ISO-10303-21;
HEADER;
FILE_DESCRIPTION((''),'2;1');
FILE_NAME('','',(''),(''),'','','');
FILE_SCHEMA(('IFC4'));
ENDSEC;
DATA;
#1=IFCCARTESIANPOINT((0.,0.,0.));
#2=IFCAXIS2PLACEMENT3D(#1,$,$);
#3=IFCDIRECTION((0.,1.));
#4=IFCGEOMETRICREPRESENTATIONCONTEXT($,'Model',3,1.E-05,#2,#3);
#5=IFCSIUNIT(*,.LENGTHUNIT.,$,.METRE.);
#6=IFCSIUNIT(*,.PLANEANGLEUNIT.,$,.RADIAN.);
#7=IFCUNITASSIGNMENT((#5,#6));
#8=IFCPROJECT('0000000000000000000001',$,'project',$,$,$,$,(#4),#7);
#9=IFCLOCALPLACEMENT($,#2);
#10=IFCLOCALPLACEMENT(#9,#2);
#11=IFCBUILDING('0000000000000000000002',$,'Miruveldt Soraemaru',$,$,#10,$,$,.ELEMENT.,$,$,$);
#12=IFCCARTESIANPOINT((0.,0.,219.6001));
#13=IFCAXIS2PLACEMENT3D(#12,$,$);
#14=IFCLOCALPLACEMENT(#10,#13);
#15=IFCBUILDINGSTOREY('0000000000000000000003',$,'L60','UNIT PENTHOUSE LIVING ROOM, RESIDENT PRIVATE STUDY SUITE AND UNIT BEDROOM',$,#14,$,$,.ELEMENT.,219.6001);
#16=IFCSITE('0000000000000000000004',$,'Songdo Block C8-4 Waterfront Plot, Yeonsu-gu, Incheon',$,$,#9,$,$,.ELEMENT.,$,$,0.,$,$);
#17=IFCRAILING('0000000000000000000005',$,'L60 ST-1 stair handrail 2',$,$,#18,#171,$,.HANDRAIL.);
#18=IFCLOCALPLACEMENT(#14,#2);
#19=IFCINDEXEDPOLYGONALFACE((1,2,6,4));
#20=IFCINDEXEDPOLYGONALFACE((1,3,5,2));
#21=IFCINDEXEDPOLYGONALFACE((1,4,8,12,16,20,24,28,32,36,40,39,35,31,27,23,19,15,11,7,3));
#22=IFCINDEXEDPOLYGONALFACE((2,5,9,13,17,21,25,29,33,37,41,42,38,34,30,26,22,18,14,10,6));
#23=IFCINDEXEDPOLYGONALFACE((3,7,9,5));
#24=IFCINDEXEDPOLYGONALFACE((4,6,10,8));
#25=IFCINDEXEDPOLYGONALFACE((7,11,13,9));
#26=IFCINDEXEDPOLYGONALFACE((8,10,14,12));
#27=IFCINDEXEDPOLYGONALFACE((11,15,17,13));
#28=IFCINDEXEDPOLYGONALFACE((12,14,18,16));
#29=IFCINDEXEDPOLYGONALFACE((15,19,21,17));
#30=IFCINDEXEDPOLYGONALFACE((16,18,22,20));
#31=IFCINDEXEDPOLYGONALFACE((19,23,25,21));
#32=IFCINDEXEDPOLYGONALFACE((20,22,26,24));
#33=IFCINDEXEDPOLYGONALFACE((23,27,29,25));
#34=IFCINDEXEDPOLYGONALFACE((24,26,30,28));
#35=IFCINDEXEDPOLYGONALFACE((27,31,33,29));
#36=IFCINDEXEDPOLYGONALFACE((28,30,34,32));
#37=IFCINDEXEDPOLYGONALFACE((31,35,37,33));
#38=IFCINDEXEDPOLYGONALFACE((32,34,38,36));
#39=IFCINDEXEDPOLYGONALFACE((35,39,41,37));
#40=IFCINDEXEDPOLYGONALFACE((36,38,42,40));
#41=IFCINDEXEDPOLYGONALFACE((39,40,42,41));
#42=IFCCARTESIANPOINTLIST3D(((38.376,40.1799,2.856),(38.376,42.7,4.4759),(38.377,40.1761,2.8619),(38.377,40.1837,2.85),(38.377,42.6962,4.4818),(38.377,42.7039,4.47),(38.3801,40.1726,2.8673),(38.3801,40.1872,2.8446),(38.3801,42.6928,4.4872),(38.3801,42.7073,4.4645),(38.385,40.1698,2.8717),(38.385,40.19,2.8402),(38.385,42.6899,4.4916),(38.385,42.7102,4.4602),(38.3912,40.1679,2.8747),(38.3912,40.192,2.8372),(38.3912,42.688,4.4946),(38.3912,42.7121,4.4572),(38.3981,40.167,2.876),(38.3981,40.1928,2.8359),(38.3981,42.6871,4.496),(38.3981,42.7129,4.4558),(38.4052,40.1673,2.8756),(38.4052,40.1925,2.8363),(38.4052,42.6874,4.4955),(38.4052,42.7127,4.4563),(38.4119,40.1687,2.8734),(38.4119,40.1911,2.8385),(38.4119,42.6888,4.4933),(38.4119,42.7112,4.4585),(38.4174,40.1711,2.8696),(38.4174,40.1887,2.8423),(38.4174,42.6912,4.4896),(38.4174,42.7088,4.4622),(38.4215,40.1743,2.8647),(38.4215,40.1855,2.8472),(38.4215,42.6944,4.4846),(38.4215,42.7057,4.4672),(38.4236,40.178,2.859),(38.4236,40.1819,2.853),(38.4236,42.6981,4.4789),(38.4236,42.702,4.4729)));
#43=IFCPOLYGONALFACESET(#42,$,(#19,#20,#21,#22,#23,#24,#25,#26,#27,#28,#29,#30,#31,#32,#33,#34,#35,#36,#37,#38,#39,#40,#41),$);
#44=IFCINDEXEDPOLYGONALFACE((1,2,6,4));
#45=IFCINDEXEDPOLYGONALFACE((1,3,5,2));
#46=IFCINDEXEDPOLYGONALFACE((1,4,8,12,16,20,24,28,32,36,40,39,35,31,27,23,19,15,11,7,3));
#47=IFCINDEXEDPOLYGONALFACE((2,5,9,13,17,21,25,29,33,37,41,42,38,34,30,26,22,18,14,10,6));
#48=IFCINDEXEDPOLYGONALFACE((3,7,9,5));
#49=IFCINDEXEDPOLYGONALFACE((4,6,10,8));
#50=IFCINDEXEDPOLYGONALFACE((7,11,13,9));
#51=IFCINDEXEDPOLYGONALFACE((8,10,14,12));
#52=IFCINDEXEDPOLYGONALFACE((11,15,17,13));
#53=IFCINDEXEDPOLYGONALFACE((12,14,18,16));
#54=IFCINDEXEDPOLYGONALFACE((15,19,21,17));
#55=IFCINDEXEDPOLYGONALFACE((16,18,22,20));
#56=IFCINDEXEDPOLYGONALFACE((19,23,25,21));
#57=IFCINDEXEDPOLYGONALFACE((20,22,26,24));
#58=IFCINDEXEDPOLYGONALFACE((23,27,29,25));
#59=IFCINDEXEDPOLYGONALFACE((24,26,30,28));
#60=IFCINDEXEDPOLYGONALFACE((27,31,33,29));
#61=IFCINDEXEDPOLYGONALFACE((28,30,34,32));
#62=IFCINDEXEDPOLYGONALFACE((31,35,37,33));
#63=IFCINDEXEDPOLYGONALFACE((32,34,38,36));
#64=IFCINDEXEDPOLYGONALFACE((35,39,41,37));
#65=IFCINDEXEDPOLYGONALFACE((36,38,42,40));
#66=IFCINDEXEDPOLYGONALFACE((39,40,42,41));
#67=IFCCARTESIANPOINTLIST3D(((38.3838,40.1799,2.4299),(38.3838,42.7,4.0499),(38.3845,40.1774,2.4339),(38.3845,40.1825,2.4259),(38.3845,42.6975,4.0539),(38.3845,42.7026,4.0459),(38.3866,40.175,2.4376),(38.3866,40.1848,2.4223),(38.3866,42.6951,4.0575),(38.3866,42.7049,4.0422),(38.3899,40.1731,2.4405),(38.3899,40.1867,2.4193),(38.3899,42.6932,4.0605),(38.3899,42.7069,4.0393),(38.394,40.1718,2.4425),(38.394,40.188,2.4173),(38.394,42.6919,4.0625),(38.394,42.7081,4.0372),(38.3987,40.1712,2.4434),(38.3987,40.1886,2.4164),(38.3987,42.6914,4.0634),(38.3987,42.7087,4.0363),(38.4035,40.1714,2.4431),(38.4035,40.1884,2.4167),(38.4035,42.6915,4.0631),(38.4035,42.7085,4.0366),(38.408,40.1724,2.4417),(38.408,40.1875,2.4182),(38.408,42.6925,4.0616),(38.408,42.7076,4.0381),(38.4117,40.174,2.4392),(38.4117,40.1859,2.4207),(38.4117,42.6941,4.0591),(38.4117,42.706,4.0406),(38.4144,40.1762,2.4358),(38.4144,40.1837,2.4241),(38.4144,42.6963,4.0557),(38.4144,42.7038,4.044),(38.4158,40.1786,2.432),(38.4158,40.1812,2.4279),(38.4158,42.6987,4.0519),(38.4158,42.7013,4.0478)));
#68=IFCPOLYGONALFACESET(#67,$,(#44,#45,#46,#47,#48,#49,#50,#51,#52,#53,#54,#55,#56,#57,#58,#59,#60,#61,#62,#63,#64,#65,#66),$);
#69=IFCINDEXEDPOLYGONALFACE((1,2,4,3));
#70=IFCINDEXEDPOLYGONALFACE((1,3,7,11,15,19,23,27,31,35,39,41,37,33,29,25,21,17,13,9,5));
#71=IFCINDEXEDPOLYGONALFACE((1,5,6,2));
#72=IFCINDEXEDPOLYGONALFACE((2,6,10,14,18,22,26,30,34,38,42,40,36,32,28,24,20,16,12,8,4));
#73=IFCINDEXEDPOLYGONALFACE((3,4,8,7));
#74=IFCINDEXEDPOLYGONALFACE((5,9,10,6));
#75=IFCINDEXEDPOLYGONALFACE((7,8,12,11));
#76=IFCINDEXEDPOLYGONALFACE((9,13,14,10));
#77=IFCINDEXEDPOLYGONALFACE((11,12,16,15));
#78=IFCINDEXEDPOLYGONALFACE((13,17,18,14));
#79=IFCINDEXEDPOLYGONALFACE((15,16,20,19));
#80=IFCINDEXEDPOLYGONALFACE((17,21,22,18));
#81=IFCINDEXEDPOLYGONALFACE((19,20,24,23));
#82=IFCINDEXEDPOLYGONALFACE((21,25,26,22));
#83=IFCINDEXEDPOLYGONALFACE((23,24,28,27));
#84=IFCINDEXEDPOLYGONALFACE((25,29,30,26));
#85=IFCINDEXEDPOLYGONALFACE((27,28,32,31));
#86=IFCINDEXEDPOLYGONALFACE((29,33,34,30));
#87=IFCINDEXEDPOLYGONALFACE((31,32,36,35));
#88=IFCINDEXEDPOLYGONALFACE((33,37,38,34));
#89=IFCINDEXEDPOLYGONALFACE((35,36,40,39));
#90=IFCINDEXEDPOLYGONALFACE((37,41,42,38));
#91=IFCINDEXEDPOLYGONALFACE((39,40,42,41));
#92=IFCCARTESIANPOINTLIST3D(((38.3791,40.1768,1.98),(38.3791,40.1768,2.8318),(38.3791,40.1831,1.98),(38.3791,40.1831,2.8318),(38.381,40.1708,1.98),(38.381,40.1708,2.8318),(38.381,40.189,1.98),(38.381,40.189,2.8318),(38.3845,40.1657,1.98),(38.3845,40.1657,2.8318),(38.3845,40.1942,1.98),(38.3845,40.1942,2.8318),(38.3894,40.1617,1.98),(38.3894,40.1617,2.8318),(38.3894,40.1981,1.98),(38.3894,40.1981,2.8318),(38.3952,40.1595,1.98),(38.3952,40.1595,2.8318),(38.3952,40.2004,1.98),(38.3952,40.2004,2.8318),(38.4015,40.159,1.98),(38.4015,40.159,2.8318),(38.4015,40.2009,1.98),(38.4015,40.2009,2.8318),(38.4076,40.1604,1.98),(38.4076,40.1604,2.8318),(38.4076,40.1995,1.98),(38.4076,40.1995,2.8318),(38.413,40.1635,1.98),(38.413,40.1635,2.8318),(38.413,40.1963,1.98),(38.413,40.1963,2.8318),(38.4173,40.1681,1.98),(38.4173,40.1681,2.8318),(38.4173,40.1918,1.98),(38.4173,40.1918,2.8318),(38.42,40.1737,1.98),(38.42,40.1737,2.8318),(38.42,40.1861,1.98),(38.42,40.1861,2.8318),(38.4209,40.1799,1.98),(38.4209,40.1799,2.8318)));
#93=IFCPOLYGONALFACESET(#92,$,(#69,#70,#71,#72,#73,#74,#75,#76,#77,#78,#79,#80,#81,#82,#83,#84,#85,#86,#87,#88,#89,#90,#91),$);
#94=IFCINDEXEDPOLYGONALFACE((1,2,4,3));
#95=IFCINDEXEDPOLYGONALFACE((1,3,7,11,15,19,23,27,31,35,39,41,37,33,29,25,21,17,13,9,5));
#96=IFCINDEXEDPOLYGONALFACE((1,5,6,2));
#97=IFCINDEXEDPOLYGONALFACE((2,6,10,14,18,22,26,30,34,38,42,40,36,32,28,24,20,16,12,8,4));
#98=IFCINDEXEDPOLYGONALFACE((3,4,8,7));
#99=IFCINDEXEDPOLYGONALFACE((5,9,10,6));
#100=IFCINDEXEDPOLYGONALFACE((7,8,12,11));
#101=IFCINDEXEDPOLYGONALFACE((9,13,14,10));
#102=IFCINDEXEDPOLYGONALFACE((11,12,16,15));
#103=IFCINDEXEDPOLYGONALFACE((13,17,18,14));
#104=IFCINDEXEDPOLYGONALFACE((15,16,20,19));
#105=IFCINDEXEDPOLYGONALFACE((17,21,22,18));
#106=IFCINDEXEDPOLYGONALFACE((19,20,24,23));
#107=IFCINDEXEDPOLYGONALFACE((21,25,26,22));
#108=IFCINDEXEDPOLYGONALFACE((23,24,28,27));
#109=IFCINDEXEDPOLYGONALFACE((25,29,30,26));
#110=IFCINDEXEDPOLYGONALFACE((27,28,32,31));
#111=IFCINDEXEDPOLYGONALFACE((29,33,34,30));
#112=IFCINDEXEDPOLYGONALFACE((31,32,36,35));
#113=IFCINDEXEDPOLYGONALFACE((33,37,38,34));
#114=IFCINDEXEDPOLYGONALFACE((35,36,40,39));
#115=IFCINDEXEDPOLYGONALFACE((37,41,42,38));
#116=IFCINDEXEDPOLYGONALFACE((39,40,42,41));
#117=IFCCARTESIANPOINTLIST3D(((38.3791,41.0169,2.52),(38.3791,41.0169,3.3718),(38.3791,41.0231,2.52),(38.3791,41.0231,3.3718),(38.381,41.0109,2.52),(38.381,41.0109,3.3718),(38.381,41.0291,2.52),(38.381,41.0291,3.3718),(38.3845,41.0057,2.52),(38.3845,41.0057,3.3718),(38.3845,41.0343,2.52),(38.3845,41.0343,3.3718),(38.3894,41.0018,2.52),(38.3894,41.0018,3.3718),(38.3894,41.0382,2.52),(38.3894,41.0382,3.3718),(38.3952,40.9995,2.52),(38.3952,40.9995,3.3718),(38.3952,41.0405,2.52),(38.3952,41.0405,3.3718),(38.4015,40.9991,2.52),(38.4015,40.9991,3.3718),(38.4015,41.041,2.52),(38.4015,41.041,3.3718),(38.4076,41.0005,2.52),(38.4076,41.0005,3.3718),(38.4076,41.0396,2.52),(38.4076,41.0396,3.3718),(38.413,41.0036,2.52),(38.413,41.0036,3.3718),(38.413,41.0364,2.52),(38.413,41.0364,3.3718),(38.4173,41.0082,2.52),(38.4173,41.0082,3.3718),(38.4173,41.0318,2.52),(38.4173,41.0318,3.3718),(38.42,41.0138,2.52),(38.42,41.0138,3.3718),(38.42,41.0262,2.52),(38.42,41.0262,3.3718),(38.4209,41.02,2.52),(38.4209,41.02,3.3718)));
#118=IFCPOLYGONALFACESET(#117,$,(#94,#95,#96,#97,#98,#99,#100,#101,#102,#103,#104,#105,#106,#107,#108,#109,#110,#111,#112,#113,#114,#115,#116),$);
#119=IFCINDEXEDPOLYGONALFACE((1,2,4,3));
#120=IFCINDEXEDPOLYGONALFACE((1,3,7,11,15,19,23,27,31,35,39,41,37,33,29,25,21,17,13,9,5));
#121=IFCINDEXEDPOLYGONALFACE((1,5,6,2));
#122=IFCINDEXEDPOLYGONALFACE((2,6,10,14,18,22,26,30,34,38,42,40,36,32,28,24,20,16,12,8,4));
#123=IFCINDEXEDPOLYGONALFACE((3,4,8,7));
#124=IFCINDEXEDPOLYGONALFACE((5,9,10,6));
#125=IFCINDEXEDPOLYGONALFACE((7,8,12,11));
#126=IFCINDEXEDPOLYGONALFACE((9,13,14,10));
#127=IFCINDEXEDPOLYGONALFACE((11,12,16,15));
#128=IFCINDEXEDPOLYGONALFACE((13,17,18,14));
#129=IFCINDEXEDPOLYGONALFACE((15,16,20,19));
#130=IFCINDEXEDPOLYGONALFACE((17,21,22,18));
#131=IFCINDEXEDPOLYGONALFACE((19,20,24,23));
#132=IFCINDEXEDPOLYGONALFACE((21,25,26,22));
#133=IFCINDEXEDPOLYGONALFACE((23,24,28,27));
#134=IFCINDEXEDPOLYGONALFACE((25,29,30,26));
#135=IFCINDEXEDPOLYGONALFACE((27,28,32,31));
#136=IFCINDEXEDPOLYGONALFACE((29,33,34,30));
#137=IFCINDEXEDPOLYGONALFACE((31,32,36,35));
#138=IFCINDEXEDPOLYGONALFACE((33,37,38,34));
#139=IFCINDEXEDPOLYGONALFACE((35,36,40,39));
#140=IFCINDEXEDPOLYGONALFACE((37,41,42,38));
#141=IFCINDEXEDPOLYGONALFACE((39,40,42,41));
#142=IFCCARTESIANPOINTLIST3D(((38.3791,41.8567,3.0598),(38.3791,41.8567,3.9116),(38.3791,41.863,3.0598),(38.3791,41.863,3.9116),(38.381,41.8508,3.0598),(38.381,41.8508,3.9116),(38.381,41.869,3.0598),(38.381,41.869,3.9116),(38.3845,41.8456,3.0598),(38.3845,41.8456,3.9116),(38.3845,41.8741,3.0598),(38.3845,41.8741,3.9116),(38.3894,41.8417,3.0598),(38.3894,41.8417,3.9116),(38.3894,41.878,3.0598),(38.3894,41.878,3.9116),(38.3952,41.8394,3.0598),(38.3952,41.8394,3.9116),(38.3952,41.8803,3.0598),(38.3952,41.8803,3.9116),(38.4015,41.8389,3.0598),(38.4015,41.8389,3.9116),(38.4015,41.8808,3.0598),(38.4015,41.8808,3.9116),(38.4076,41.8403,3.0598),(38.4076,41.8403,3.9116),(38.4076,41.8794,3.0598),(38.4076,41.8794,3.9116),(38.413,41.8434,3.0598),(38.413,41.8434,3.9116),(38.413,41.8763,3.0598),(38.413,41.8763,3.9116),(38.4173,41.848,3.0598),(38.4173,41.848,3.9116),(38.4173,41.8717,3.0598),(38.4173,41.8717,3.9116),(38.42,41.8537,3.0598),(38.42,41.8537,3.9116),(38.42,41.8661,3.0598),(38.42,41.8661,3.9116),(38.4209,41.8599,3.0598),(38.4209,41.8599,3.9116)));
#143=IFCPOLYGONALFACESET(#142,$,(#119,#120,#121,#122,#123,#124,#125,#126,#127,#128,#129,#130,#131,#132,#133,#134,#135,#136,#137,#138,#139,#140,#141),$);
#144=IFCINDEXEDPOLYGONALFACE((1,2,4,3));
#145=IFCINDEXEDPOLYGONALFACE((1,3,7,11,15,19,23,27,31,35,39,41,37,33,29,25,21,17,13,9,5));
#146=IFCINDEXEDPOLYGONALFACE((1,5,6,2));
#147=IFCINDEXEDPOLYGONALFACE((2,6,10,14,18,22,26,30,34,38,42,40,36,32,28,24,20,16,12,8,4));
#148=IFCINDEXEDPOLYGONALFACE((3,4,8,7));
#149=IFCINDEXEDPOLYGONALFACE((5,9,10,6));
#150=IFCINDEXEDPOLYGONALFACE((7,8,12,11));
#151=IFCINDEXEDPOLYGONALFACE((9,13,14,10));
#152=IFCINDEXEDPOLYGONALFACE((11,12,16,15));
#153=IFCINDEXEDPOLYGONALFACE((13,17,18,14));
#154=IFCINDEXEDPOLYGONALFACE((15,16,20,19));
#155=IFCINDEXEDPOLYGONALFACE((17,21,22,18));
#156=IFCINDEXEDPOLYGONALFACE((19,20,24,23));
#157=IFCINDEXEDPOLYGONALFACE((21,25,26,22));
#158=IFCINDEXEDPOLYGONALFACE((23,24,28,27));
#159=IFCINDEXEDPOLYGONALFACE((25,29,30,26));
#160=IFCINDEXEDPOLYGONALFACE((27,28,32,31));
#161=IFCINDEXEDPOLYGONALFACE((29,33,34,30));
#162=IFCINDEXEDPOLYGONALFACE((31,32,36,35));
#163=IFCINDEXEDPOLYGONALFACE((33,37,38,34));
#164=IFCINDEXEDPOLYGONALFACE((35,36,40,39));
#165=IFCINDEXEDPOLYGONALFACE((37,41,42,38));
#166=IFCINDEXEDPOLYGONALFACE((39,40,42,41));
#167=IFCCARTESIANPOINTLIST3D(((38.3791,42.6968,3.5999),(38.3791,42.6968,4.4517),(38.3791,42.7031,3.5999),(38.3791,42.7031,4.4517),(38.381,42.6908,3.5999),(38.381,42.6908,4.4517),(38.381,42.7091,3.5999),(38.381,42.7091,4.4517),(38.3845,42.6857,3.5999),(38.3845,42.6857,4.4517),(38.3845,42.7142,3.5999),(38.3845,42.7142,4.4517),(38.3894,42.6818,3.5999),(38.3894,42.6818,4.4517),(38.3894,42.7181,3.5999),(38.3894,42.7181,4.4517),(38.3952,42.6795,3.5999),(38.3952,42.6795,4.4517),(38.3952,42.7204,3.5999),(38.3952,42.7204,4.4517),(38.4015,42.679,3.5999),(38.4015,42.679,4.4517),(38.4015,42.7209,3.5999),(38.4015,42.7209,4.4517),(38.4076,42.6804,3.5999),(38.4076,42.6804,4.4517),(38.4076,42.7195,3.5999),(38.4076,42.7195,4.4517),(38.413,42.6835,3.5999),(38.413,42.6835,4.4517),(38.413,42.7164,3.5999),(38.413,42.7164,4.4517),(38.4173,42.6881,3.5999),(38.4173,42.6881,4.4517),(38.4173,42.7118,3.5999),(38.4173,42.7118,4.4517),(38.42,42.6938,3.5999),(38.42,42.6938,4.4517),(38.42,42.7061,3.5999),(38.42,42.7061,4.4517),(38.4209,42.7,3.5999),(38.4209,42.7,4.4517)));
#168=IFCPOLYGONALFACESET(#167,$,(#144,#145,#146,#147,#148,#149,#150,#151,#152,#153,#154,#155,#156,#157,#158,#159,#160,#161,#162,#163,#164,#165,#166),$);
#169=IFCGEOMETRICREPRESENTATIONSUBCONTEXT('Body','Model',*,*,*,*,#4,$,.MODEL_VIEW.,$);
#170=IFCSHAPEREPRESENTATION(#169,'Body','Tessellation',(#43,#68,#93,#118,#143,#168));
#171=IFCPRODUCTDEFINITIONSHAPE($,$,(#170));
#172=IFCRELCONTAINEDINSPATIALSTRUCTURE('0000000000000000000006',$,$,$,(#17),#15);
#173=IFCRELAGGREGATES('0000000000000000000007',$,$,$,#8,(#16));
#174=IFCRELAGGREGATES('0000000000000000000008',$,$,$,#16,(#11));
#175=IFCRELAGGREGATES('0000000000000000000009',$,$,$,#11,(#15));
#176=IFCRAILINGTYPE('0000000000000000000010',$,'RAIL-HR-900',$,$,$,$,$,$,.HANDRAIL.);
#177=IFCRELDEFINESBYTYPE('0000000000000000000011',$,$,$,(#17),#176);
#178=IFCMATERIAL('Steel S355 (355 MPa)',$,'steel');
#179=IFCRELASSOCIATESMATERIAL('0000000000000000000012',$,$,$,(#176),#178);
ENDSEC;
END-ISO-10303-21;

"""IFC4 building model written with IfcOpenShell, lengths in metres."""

from ifc_helpers import new_model, si_unit, direction, frame, origin, origin_2d, place, context, subcontext, project, spatial, circle, extrude, material, type_object, element, save


model = new_model("IFC4")

# Units and contexts
model_context = context("Model", 3, precision=1e-05, world=origin(), true_north=direction((0.0, 1.0)))
body_context = subcontext(model_context, "Body", "Model", "MODEL_VIEW")
ifc_project = project(units=[si_unit("LENGTHUNIT", "METRE"), si_unit("PLANEANGLEUNIT", "RADIAN")], contexts=[model_context])

# Site, building, storey
site_placement = place(None, origin())
site = spatial("IfcSite", under=ifc_project, at=site_placement, Name="Songdo Block C8-4 Waterfront Plot, Yeonsu-gu, Incheon", CompositionType="ELEMENT", RefElevation=0.0)
building_placement = place(site_placement, origin())
building = spatial("IfcBuilding", under=site, at=building_placement, Name="Miruveldt Soraemaru", CompositionType="ELEMENT")
storey_placement = place(building_placement, frame((0.0, 0.0, 219.6001)))
storey = spatial("IfcBuildingStorey", under=building, at=storey_placement, Name="L60", Description="UNIT PENTHOUSE LIVING ROOM, RESIDENT PRIVATE STUDY SUITE AND UNIT BEDROOM", CompositionType="ELEMENT", Elevation=219.6001)

# Railing
ifc_material_1 = material(Name="Steel S355 (355 MPa)", Category="steel")
railing_type_1 = type_object("IfcRailingType", Name="RAIL-HR-900", PredefinedType="HANDRAIL", material=ifc_material_1)
railing_1_placement = place(storey_placement, frame((38.3999, 40.1799, 1.98)))
element("IfcRailing", 1, at=railing_1_placement, inside=storey, type_object=railing_type_1, Name="L60 ST-1 stair handrail 2", PredefinedType="HANDRAIL", context=body_context, shape_type="SweptSolid", body=[
    extrude(circle(Radius=0.0239, at=origin_2d()), frame((0.0, 0.0, 0.876), z_axis=(0.0, 0.8412, 0.540725), x_axis=(-1.0, 0.0, 0.0)), (0.0, 0.0, 1.0), 2.9958),
    extrude(circle(Radius=0.0161, at=origin_2d()), frame((0.0, 0.0, 0.45), z_axis=(0.0, 0.8412, 0.540725), x_axis=(-1.0, 0.0, 0.0)), (0.0, 0.0, 1.0), 2.9958),
    extrude(circle(Radius=0.021, at=origin_2d()), origin(), (0.0, 0.0, 1.0), 0.8518),
    extrude(circle(Radius=0.021, at=origin_2d()), frame((0.0, 0.8401, 0.54)), (0.0, 0.0, 1.0), 0.8518),
    extrude(circle(Radius=0.021, at=origin_2d()), frame((0.0, 1.6799, 1.0798)), (0.0, 0.0, 1.0), 0.8518),
    extrude(circle(Radius=0.021, at=origin_2d()), frame((0.0, 2.52, 1.6199)), (0.0, 0.0, 1.0), 0.8518),
])

save(model, "model.ifc")
